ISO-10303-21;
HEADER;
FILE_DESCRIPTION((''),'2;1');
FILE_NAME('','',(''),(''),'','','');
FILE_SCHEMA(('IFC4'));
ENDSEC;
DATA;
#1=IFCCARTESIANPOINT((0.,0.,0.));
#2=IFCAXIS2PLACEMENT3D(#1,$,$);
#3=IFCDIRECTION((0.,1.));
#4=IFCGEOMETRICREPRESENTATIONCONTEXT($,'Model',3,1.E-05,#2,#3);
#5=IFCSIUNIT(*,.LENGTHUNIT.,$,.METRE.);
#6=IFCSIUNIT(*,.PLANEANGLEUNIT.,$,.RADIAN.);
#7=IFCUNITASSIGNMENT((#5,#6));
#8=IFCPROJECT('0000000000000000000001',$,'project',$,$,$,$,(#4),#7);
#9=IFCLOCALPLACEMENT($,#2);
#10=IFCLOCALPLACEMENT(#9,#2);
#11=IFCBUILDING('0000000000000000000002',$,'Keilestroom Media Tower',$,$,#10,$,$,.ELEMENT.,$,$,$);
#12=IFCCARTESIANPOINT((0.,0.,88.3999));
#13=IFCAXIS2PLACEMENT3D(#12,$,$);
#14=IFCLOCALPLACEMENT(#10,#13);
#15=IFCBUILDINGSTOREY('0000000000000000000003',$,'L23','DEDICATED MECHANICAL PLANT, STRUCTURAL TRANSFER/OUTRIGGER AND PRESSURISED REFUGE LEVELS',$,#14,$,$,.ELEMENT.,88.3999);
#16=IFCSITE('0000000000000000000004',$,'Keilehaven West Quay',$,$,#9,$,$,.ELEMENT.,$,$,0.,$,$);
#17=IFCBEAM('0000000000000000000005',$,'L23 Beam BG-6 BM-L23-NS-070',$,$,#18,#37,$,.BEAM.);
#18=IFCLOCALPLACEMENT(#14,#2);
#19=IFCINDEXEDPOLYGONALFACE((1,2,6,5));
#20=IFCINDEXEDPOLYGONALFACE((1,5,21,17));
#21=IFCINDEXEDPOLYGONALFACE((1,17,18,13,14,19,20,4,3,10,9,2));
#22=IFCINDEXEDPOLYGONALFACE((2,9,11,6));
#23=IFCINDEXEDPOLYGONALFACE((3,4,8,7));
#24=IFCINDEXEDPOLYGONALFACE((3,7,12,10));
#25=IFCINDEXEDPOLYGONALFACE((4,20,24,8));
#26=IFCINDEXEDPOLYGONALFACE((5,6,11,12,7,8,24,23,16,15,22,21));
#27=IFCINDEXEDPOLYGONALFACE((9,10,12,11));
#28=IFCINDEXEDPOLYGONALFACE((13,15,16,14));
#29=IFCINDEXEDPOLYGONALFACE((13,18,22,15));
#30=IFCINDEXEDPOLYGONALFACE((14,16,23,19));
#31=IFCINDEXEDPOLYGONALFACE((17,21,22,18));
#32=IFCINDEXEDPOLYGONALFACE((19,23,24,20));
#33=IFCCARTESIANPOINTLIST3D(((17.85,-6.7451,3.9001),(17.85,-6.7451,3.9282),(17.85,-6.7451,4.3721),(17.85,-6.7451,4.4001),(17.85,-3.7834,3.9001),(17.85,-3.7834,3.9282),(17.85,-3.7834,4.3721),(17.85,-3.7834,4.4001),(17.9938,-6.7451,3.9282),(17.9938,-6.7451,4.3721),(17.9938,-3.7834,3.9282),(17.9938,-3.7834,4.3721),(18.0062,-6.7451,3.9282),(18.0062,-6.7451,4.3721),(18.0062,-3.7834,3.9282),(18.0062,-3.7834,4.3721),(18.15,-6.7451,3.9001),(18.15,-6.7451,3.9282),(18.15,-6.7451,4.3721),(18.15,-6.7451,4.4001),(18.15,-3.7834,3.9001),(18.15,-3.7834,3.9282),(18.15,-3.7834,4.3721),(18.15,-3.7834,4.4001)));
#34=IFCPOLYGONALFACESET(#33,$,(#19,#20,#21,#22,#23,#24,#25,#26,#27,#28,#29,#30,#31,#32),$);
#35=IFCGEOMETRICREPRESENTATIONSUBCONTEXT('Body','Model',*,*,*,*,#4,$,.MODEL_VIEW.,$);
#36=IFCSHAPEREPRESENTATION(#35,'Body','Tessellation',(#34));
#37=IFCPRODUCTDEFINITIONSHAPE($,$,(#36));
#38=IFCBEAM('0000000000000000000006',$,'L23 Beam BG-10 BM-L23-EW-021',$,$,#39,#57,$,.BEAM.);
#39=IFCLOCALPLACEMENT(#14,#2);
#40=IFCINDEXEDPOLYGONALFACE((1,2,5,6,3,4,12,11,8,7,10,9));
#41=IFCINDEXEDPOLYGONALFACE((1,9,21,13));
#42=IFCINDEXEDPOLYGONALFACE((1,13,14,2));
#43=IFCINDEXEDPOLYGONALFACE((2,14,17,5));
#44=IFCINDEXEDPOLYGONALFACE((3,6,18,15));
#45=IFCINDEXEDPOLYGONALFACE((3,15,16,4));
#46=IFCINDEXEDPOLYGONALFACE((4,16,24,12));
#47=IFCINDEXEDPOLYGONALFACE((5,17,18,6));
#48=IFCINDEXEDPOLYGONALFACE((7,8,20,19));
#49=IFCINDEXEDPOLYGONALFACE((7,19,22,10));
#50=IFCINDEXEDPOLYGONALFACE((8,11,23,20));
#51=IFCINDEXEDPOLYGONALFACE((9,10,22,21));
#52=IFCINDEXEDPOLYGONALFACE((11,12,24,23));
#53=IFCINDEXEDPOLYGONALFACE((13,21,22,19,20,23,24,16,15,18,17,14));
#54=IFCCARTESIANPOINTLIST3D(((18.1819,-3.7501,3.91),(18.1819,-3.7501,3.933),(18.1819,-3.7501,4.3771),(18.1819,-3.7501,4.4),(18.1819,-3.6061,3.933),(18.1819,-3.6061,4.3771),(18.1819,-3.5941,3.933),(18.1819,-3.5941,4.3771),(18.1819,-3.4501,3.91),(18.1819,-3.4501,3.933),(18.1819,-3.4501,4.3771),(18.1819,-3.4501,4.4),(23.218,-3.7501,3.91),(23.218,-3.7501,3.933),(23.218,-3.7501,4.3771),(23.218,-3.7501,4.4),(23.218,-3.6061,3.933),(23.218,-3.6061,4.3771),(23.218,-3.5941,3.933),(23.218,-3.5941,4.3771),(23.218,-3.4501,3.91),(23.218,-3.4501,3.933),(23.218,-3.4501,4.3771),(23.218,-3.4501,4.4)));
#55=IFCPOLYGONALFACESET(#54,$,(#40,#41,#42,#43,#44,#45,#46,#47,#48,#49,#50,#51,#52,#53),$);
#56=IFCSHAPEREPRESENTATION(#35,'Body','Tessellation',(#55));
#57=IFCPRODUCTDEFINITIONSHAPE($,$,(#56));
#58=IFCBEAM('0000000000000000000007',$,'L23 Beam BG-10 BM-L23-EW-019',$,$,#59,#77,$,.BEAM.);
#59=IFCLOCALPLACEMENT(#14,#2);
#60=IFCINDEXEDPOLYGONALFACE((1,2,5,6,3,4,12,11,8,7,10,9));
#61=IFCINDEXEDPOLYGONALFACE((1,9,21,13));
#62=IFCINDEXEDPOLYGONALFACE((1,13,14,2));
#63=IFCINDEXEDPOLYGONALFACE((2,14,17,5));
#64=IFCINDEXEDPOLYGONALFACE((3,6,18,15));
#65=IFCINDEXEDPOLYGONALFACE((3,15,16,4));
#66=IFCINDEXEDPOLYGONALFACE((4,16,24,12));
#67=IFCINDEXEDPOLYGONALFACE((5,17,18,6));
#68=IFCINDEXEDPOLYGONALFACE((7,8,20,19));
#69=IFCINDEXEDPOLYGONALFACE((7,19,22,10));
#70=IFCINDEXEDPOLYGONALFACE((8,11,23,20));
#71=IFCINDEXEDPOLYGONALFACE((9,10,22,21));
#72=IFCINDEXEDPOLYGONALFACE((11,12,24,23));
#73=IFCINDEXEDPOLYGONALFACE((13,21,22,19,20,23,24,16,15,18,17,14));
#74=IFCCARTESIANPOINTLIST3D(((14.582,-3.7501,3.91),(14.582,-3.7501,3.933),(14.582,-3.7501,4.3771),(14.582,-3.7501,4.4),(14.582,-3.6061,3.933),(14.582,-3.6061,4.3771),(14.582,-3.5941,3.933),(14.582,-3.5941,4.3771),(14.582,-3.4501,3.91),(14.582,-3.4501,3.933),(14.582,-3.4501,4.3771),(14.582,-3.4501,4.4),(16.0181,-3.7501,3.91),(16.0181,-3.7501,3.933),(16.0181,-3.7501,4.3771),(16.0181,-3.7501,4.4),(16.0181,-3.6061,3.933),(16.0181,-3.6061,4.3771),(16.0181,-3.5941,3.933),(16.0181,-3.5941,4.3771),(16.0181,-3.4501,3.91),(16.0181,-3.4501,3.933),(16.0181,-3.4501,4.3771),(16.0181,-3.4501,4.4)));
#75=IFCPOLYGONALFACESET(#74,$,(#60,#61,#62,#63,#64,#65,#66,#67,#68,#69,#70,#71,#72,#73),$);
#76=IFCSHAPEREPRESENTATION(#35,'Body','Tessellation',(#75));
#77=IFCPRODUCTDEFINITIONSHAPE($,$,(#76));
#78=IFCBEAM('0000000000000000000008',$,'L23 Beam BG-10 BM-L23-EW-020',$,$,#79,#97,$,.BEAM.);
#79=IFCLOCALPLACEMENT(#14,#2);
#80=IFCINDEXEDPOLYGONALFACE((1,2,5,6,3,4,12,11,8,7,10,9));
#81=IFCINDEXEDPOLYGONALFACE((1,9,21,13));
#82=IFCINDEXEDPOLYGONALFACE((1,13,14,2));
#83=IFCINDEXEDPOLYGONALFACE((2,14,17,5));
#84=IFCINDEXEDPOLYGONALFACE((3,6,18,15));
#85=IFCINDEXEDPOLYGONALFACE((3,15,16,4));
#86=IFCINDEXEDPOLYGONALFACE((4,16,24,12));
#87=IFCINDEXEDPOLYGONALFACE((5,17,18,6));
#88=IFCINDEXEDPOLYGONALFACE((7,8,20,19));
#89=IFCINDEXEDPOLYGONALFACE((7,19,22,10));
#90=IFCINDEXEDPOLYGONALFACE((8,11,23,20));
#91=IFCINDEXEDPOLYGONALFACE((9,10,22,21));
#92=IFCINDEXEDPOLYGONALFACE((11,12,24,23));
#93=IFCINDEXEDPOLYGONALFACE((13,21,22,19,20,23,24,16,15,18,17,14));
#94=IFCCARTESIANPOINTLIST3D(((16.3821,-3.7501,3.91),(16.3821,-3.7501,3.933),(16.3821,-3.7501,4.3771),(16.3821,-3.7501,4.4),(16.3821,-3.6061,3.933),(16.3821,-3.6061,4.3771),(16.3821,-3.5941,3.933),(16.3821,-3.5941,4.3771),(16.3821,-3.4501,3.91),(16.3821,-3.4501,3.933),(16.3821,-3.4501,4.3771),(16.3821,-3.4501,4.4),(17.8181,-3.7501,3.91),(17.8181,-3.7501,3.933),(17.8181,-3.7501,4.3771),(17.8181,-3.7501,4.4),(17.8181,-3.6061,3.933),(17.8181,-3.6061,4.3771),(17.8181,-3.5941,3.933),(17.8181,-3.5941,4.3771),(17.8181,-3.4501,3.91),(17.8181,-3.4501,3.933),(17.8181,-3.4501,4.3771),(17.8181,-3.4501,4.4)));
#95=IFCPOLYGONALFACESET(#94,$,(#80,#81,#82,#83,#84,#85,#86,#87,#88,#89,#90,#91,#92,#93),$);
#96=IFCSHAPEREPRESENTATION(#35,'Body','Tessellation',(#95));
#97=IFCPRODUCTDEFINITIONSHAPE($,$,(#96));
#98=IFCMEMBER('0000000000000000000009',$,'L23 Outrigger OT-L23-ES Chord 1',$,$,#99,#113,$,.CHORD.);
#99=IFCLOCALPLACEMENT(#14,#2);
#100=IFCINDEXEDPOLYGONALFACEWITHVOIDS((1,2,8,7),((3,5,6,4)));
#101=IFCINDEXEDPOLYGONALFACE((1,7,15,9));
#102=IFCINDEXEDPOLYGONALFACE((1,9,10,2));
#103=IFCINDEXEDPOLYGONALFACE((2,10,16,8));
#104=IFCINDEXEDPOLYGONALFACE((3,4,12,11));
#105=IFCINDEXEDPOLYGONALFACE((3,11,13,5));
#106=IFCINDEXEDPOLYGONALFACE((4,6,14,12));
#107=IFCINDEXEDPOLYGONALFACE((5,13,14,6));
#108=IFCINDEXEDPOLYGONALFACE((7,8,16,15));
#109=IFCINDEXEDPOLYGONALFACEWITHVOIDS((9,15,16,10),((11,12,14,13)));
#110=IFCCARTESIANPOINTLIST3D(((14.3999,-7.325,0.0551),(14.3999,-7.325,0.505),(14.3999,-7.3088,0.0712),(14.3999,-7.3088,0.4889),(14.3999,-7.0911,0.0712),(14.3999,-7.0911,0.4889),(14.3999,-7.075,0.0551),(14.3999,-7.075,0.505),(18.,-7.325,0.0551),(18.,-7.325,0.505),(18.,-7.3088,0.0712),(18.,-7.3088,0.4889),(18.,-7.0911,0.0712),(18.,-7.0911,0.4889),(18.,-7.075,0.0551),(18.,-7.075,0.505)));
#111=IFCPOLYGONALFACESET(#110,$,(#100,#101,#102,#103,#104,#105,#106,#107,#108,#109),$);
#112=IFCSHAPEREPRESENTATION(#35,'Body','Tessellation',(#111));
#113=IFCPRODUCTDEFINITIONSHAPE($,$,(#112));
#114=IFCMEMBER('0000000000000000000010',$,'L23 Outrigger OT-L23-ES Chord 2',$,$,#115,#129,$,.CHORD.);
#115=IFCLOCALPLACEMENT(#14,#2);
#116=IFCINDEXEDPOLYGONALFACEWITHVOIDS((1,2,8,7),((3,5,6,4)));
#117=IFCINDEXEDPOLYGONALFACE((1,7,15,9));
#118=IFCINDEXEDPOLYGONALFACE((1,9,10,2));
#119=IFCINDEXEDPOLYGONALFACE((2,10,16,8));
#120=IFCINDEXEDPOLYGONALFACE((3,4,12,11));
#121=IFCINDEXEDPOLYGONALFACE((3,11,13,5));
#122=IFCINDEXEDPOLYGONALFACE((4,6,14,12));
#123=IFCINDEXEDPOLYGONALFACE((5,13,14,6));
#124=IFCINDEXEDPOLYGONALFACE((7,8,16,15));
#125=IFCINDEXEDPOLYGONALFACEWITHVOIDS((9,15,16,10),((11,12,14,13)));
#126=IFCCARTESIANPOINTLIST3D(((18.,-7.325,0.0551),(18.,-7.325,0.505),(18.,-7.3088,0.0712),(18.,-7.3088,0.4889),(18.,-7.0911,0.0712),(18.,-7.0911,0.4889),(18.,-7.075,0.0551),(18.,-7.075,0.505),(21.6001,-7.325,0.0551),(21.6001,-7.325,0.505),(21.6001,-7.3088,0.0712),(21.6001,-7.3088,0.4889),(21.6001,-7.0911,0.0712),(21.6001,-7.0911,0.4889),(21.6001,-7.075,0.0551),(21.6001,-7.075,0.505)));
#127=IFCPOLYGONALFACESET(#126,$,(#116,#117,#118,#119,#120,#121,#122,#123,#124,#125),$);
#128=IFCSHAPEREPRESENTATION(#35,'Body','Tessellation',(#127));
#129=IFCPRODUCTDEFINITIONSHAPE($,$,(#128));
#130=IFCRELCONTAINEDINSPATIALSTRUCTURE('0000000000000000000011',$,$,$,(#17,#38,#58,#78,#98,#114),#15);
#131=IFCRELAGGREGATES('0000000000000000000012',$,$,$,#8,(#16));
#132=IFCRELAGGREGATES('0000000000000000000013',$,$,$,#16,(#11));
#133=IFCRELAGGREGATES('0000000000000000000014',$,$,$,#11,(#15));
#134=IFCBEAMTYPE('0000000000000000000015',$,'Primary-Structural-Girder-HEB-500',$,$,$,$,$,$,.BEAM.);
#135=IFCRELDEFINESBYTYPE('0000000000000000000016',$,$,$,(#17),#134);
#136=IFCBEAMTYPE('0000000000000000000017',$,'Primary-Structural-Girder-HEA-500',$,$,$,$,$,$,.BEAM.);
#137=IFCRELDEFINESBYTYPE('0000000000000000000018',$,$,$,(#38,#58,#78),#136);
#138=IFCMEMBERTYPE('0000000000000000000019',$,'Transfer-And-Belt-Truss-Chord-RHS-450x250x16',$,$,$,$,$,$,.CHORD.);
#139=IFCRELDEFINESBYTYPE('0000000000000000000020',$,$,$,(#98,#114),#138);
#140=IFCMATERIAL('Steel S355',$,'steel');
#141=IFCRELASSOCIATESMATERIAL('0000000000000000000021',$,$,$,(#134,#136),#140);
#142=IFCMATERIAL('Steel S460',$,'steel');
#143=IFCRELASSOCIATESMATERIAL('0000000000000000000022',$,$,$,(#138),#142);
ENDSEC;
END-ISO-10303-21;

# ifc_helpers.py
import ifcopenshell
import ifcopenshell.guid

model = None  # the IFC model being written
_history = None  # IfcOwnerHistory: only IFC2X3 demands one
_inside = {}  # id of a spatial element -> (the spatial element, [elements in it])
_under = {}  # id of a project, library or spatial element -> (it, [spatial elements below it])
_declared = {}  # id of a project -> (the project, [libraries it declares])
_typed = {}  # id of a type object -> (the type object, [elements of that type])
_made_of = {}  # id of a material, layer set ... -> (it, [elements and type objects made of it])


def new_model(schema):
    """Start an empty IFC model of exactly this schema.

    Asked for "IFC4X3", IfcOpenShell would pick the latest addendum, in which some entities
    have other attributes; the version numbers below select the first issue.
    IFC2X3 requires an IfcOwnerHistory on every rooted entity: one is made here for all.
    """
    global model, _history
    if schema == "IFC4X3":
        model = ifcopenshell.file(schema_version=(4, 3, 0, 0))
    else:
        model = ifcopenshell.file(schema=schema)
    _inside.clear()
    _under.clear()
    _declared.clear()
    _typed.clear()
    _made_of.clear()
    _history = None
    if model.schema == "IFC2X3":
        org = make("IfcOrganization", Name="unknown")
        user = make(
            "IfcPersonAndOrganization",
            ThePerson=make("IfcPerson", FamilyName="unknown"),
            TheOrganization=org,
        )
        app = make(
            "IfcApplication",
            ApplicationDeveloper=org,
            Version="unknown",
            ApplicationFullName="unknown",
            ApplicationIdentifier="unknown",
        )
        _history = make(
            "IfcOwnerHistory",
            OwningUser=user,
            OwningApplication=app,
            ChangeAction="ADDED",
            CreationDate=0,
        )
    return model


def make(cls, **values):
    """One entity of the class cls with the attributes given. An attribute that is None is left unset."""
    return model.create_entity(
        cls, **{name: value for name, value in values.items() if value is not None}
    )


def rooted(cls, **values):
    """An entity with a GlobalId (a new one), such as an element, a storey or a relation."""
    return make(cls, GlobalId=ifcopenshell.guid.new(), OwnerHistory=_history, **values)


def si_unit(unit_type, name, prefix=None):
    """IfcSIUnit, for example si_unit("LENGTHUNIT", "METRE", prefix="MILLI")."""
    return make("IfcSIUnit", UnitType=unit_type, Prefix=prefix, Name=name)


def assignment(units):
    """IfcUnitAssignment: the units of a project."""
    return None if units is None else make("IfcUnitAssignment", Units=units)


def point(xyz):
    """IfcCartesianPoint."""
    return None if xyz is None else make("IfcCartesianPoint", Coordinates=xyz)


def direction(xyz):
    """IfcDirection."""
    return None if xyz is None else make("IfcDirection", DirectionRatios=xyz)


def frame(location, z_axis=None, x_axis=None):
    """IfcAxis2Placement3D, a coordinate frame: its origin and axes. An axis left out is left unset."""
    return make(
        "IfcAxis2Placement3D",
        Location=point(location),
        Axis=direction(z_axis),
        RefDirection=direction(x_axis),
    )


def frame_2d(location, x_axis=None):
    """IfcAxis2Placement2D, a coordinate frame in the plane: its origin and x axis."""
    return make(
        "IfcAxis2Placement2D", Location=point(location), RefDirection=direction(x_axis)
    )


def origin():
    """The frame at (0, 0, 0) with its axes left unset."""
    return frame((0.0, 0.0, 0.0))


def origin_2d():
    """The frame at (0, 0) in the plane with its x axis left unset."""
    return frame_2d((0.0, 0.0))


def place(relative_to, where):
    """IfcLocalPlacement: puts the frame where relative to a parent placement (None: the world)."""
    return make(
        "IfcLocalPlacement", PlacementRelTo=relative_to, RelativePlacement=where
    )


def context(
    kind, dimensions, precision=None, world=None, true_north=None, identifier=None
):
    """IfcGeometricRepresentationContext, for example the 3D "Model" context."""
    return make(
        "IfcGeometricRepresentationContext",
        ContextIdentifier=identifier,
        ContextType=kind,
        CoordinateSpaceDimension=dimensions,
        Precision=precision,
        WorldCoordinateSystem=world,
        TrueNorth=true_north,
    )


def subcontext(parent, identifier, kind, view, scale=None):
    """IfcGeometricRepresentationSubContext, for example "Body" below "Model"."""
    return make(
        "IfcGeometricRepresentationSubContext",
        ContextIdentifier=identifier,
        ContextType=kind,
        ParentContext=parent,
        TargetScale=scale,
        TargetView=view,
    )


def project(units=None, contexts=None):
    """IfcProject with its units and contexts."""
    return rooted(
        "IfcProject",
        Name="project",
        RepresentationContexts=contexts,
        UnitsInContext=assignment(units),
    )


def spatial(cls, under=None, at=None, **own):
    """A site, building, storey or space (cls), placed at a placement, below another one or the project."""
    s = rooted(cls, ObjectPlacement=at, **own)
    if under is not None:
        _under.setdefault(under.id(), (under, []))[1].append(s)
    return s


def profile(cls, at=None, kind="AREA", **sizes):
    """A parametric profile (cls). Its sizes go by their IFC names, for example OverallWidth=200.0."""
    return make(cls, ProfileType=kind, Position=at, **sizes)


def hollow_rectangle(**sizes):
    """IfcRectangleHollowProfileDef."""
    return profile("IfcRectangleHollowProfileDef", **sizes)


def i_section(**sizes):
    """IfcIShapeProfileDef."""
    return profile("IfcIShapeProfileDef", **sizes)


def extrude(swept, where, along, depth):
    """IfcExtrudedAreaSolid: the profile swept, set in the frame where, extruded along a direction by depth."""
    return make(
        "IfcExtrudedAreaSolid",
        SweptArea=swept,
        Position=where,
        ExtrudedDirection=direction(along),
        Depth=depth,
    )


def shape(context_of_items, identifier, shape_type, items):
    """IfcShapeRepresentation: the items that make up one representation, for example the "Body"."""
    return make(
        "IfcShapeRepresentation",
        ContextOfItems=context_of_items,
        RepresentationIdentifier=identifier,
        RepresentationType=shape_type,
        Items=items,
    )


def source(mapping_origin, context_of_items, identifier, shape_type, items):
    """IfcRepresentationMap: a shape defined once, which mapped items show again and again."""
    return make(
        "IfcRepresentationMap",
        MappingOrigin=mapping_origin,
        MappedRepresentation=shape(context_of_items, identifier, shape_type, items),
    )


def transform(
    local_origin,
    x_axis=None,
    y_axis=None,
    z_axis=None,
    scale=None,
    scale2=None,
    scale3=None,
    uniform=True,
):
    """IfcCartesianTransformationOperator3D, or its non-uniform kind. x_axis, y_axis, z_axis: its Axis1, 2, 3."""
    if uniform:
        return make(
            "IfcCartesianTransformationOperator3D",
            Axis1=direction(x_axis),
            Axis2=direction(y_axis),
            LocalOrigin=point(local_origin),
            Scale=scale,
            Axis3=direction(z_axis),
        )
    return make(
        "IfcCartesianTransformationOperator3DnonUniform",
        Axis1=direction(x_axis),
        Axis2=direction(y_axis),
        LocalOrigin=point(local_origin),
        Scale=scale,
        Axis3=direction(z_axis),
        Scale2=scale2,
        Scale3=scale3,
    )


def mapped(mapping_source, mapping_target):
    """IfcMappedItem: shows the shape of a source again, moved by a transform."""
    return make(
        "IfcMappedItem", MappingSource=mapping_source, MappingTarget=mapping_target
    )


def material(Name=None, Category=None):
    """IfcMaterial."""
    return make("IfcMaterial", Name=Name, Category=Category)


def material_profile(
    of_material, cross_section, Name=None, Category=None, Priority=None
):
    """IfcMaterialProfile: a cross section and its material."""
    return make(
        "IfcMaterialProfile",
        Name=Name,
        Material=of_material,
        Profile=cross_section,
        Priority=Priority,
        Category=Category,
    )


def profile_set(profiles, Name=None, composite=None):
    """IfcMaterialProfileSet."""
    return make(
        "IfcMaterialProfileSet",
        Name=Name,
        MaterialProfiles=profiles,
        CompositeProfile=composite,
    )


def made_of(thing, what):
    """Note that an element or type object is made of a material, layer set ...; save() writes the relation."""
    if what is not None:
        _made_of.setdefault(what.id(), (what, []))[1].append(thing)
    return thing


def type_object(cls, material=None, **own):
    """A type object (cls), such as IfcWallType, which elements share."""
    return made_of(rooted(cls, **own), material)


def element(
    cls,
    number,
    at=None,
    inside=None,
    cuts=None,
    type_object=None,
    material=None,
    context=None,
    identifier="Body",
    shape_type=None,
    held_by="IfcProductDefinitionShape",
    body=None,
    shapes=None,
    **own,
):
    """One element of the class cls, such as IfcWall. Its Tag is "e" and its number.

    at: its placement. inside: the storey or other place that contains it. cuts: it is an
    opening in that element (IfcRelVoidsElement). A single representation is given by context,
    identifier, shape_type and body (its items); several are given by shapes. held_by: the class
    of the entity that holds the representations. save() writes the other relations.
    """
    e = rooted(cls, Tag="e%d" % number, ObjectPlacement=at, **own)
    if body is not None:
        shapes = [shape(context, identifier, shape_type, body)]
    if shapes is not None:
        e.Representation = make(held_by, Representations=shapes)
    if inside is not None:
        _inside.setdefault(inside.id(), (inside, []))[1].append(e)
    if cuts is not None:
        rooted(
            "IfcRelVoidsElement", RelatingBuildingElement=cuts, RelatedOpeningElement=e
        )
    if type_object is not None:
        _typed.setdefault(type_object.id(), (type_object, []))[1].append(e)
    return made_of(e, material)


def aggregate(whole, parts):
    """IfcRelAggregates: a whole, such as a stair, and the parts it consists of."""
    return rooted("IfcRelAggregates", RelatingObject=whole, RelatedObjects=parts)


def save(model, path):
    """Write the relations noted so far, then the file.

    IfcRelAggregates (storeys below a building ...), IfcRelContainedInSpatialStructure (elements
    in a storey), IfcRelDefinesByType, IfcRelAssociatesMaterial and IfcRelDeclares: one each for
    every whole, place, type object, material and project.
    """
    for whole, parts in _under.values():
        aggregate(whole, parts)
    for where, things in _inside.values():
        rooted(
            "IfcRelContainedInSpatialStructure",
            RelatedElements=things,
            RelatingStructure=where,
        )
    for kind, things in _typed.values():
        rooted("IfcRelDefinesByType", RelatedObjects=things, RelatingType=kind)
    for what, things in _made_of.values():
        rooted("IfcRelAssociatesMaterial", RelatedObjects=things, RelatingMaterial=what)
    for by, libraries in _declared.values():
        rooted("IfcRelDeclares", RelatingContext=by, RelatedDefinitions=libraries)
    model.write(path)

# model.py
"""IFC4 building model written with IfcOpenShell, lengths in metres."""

from ifc_helpers import new_model, si_unit, direction, frame, origin, origin_2d, place, context, subcontext, project, spatial, hollow_rectangle, i_section, extrude, source, transform, mapped, material, material_profile, profile_set, type_object, element, save


model = new_model("IFC4")

# Units and contexts
model_context = context("Model", 3, precision=1e-05, world=origin(), true_north=direction((0.0, 1.0)))
body_context = subcontext(model_context, "Body", "Model", "MODEL_VIEW")
ifc_project = project(units=[si_unit("LENGTHUNIT", "METRE"), si_unit("PLANEANGLEUNIT", "RADIAN")], contexts=[model_context])

# Site, building, storey
site_placement = place(None, origin())
site = spatial("IfcSite", under=ifc_project, at=site_placement, Name="Keilehaven West Quay", CompositionType="ELEMENT", RefElevation=0.0)
building_placement = place(site_placement, origin())
building = spatial("IfcBuilding", under=site, at=building_placement, Name="Keilestroom Media Tower", CompositionType="ELEMENT")
storey_placement = place(building_placement, frame((0.0, 0.0, 88.3999)))
storey = spatial("IfcBuildingStorey", under=building, at=storey_placement, Name="L23", Description="DEDICATED MECHANICAL PLANT, STRUCTURAL TRANSFER/OUTRIGGER AND PRESSURISED REFUGE LEVELS", CompositionType="ELEMENT", Elevation=88.3999)

# Shared definitions
ifc_material_1 = material(Name="Steel S460", Category="steel")

# Beams
ifc_material_2 = material(Name="Steel S355", Category="steel")
ifc_material_profile_1 = material_profile(ifc_material_2, i_section(OverallWidth=0.3, OverallDepth=0.5, WebThickness=0.0125, FlangeThickness=0.0281, at=origin_2d()), Name="HEB 500")
ifc_profile_set_1 = profile_set([ifc_material_profile_1], Name="Steel S355")
beam_type_1 = type_object("IfcBeamType", Name="Primary-Structural-Girder-HEB-500", PredefinedType="BEAM", material=ifc_profile_set_1)
shared_shape_1 = source(origin(), body_context, "Body", "SweptSolid", [
    extrude(i_section(OverallWidth=0.3, OverallDepth=0.5, WebThickness=0.0125, FlangeThickness=0.0281, at=origin_2d()), origin(), (0.0, 0.0, 1.0), 2.9617),
])
for number, where, z_axis, x_axis, name in (
    (1, (18.0, -6.7451, 4.1501), (0.0, 1.0, 0.0), (-1.0, 0.0, 0.0), "L23 Beam BG-6 BM-L23-NS-070"),
):
    element("IfcBeam", number, at=place(storey_placement, frame(where, z_axis=z_axis, x_axis=x_axis)), inside=storey, type_object=beam_type_1, Name=name, PredefinedType="BEAM", context=body_context, shape_type="MappedRepresentation", body=[
        mapped(shared_shape_1, transform((0.0, 0.0, 0.0), x_axis=(1.0, 0.0, 0.0), y_axis=(0.0, 1.0, 0.0), z_axis=(0.0, 0.0, 1.0), scale=1.0)),
    ])
ifc_material_profile_2 = material_profile(ifc_material_2, i_section(OverallWidth=0.3, OverallDepth=0.49, WebThickness=0.012, FlangeThickness=0.0229, at=origin_2d()), Name="HEA 500")
ifc_profile_set_2 = profile_set([ifc_material_profile_2], Name="Steel S355")
beam_type_2 = type_object("IfcBeamType", Name="Primary-Structural-Girder-HEA-500", PredefinedType="BEAM", material=ifc_profile_set_2)
shared_shape_2 = source(origin(), body_context, "Body", "SweptSolid", [
    extrude(i_section(OverallWidth=0.3, OverallDepth=0.49, WebThickness=0.012, FlangeThickness=0.0229, at=origin_2d()), origin(), (0.0, 0.0, 1.0), 5.0361),
])
beam_1_placement = place(storey_placement, frame((18.1819, -3.6001, 4.155), z_axis=(1.0, 0.0, 0.0), x_axis=(0.0, 1.0, 0.0)))
element("IfcBeam", 2, at=beam_1_placement, inside=storey, type_object=beam_type_2, Name="L23 Beam BG-10 BM-L23-EW-021", PredefinedType="BEAM", context=body_context, shape_type="MappedRepresentation", body=[
    mapped(shared_shape_2, transform((0.0, 0.0, 0.0), x_axis=(1.0, 0.0, 0.0), y_axis=(0.0, 1.0, 0.0), z_axis=(0.0, 0.0, 1.0), scale=1.0)),
])
shared_shape_3 = source(origin(), body_context, "Body", "SweptSolid", [
    extrude(i_section(OverallWidth=0.3, OverallDepth=0.49, WebThickness=0.012, FlangeThickness=0.0229, at=origin_2d()), origin(), (0.0, 0.0, 1.0), 1.436),
])
for number, where, z_axis, x_axis, name in (
    (3, (14.582, -3.6001, 4.155), (1.0, 0.0, 0.0), (0.0, 1.0, 0.0), "L23 Beam BG-10 BM-L23-EW-019"),
    (4, (16.3821, -3.6001, 4.155), (1.0, 0.0, 0.0), (0.0, 1.0, 0.0), "L23 Beam BG-10 BM-L23-EW-020"),
):
    element("IfcBeam", number, at=place(storey_placement, frame(where, z_axis=z_axis, x_axis=x_axis)), inside=storey, type_object=beam_type_2, Name=name, PredefinedType="BEAM", context=body_context, shape_type="MappedRepresentation", body=[
        mapped(shared_shape_3, transform((0.0, 0.0, 0.0), x_axis=(1.0, 0.0, 0.0), y_axis=(0.0, 1.0, 0.0), z_axis=(0.0, 0.0, 1.0), scale=1.0)),
    ])

# Members
ifc_material_profile_3 = material_profile(ifc_material_1, hollow_rectangle(XDim=0.25, YDim=0.45, WallThickness=0.0161, at=origin_2d()), Name="RHS 450x250x16")
ifc_profile_set_3 = profile_set([ifc_material_profile_3], Name="Steel S460")
member_type_1 = type_object("IfcMemberType", Name="Transfer-And-Belt-Truss-Chord-RHS-450x250x16", PredefinedType="CHORD", material=ifc_profile_set_3)
shared_shape_4 = source(origin(), body_context, "Body", "SweptSolid", [
    extrude(hollow_rectangle(XDim=0.25, YDim=0.45, WallThickness=0.0161, at=origin_2d()), origin(), (0.0, 0.0, 1.0), 3.6001),
])
for number, where, z_axis, x_axis, name in (
    (5, (14.3999, -7.2, 0.28), (1.0, 0.0, 0.0), (0.0, 1.0, 0.0), "L23 Outrigger OT-L23-ES Chord 1"),
    (6, (18.0, -7.2, 0.28), (1.0, 0.0, 0.0), (0.0, 1.0, 0.0), "L23 Outrigger OT-L23-ES Chord 2"),
):
    element("IfcMember", number, at=place(storey_placement, frame(where, z_axis=z_axis, x_axis=x_axis)), inside=storey, type_object=member_type_1, Name=name, PredefinedType="CHORD", context=body_context, shape_type="MappedRepresentation", body=[
        mapped(shared_shape_4, transform((0.0, 0.0, 0.0), x_axis=(1.0, 0.0, 0.0), y_axis=(0.0, 1.0, 0.0), z_axis=(0.0, 0.0, 1.0), scale=1.0)),
    ])

save(model, "model.ifc")
